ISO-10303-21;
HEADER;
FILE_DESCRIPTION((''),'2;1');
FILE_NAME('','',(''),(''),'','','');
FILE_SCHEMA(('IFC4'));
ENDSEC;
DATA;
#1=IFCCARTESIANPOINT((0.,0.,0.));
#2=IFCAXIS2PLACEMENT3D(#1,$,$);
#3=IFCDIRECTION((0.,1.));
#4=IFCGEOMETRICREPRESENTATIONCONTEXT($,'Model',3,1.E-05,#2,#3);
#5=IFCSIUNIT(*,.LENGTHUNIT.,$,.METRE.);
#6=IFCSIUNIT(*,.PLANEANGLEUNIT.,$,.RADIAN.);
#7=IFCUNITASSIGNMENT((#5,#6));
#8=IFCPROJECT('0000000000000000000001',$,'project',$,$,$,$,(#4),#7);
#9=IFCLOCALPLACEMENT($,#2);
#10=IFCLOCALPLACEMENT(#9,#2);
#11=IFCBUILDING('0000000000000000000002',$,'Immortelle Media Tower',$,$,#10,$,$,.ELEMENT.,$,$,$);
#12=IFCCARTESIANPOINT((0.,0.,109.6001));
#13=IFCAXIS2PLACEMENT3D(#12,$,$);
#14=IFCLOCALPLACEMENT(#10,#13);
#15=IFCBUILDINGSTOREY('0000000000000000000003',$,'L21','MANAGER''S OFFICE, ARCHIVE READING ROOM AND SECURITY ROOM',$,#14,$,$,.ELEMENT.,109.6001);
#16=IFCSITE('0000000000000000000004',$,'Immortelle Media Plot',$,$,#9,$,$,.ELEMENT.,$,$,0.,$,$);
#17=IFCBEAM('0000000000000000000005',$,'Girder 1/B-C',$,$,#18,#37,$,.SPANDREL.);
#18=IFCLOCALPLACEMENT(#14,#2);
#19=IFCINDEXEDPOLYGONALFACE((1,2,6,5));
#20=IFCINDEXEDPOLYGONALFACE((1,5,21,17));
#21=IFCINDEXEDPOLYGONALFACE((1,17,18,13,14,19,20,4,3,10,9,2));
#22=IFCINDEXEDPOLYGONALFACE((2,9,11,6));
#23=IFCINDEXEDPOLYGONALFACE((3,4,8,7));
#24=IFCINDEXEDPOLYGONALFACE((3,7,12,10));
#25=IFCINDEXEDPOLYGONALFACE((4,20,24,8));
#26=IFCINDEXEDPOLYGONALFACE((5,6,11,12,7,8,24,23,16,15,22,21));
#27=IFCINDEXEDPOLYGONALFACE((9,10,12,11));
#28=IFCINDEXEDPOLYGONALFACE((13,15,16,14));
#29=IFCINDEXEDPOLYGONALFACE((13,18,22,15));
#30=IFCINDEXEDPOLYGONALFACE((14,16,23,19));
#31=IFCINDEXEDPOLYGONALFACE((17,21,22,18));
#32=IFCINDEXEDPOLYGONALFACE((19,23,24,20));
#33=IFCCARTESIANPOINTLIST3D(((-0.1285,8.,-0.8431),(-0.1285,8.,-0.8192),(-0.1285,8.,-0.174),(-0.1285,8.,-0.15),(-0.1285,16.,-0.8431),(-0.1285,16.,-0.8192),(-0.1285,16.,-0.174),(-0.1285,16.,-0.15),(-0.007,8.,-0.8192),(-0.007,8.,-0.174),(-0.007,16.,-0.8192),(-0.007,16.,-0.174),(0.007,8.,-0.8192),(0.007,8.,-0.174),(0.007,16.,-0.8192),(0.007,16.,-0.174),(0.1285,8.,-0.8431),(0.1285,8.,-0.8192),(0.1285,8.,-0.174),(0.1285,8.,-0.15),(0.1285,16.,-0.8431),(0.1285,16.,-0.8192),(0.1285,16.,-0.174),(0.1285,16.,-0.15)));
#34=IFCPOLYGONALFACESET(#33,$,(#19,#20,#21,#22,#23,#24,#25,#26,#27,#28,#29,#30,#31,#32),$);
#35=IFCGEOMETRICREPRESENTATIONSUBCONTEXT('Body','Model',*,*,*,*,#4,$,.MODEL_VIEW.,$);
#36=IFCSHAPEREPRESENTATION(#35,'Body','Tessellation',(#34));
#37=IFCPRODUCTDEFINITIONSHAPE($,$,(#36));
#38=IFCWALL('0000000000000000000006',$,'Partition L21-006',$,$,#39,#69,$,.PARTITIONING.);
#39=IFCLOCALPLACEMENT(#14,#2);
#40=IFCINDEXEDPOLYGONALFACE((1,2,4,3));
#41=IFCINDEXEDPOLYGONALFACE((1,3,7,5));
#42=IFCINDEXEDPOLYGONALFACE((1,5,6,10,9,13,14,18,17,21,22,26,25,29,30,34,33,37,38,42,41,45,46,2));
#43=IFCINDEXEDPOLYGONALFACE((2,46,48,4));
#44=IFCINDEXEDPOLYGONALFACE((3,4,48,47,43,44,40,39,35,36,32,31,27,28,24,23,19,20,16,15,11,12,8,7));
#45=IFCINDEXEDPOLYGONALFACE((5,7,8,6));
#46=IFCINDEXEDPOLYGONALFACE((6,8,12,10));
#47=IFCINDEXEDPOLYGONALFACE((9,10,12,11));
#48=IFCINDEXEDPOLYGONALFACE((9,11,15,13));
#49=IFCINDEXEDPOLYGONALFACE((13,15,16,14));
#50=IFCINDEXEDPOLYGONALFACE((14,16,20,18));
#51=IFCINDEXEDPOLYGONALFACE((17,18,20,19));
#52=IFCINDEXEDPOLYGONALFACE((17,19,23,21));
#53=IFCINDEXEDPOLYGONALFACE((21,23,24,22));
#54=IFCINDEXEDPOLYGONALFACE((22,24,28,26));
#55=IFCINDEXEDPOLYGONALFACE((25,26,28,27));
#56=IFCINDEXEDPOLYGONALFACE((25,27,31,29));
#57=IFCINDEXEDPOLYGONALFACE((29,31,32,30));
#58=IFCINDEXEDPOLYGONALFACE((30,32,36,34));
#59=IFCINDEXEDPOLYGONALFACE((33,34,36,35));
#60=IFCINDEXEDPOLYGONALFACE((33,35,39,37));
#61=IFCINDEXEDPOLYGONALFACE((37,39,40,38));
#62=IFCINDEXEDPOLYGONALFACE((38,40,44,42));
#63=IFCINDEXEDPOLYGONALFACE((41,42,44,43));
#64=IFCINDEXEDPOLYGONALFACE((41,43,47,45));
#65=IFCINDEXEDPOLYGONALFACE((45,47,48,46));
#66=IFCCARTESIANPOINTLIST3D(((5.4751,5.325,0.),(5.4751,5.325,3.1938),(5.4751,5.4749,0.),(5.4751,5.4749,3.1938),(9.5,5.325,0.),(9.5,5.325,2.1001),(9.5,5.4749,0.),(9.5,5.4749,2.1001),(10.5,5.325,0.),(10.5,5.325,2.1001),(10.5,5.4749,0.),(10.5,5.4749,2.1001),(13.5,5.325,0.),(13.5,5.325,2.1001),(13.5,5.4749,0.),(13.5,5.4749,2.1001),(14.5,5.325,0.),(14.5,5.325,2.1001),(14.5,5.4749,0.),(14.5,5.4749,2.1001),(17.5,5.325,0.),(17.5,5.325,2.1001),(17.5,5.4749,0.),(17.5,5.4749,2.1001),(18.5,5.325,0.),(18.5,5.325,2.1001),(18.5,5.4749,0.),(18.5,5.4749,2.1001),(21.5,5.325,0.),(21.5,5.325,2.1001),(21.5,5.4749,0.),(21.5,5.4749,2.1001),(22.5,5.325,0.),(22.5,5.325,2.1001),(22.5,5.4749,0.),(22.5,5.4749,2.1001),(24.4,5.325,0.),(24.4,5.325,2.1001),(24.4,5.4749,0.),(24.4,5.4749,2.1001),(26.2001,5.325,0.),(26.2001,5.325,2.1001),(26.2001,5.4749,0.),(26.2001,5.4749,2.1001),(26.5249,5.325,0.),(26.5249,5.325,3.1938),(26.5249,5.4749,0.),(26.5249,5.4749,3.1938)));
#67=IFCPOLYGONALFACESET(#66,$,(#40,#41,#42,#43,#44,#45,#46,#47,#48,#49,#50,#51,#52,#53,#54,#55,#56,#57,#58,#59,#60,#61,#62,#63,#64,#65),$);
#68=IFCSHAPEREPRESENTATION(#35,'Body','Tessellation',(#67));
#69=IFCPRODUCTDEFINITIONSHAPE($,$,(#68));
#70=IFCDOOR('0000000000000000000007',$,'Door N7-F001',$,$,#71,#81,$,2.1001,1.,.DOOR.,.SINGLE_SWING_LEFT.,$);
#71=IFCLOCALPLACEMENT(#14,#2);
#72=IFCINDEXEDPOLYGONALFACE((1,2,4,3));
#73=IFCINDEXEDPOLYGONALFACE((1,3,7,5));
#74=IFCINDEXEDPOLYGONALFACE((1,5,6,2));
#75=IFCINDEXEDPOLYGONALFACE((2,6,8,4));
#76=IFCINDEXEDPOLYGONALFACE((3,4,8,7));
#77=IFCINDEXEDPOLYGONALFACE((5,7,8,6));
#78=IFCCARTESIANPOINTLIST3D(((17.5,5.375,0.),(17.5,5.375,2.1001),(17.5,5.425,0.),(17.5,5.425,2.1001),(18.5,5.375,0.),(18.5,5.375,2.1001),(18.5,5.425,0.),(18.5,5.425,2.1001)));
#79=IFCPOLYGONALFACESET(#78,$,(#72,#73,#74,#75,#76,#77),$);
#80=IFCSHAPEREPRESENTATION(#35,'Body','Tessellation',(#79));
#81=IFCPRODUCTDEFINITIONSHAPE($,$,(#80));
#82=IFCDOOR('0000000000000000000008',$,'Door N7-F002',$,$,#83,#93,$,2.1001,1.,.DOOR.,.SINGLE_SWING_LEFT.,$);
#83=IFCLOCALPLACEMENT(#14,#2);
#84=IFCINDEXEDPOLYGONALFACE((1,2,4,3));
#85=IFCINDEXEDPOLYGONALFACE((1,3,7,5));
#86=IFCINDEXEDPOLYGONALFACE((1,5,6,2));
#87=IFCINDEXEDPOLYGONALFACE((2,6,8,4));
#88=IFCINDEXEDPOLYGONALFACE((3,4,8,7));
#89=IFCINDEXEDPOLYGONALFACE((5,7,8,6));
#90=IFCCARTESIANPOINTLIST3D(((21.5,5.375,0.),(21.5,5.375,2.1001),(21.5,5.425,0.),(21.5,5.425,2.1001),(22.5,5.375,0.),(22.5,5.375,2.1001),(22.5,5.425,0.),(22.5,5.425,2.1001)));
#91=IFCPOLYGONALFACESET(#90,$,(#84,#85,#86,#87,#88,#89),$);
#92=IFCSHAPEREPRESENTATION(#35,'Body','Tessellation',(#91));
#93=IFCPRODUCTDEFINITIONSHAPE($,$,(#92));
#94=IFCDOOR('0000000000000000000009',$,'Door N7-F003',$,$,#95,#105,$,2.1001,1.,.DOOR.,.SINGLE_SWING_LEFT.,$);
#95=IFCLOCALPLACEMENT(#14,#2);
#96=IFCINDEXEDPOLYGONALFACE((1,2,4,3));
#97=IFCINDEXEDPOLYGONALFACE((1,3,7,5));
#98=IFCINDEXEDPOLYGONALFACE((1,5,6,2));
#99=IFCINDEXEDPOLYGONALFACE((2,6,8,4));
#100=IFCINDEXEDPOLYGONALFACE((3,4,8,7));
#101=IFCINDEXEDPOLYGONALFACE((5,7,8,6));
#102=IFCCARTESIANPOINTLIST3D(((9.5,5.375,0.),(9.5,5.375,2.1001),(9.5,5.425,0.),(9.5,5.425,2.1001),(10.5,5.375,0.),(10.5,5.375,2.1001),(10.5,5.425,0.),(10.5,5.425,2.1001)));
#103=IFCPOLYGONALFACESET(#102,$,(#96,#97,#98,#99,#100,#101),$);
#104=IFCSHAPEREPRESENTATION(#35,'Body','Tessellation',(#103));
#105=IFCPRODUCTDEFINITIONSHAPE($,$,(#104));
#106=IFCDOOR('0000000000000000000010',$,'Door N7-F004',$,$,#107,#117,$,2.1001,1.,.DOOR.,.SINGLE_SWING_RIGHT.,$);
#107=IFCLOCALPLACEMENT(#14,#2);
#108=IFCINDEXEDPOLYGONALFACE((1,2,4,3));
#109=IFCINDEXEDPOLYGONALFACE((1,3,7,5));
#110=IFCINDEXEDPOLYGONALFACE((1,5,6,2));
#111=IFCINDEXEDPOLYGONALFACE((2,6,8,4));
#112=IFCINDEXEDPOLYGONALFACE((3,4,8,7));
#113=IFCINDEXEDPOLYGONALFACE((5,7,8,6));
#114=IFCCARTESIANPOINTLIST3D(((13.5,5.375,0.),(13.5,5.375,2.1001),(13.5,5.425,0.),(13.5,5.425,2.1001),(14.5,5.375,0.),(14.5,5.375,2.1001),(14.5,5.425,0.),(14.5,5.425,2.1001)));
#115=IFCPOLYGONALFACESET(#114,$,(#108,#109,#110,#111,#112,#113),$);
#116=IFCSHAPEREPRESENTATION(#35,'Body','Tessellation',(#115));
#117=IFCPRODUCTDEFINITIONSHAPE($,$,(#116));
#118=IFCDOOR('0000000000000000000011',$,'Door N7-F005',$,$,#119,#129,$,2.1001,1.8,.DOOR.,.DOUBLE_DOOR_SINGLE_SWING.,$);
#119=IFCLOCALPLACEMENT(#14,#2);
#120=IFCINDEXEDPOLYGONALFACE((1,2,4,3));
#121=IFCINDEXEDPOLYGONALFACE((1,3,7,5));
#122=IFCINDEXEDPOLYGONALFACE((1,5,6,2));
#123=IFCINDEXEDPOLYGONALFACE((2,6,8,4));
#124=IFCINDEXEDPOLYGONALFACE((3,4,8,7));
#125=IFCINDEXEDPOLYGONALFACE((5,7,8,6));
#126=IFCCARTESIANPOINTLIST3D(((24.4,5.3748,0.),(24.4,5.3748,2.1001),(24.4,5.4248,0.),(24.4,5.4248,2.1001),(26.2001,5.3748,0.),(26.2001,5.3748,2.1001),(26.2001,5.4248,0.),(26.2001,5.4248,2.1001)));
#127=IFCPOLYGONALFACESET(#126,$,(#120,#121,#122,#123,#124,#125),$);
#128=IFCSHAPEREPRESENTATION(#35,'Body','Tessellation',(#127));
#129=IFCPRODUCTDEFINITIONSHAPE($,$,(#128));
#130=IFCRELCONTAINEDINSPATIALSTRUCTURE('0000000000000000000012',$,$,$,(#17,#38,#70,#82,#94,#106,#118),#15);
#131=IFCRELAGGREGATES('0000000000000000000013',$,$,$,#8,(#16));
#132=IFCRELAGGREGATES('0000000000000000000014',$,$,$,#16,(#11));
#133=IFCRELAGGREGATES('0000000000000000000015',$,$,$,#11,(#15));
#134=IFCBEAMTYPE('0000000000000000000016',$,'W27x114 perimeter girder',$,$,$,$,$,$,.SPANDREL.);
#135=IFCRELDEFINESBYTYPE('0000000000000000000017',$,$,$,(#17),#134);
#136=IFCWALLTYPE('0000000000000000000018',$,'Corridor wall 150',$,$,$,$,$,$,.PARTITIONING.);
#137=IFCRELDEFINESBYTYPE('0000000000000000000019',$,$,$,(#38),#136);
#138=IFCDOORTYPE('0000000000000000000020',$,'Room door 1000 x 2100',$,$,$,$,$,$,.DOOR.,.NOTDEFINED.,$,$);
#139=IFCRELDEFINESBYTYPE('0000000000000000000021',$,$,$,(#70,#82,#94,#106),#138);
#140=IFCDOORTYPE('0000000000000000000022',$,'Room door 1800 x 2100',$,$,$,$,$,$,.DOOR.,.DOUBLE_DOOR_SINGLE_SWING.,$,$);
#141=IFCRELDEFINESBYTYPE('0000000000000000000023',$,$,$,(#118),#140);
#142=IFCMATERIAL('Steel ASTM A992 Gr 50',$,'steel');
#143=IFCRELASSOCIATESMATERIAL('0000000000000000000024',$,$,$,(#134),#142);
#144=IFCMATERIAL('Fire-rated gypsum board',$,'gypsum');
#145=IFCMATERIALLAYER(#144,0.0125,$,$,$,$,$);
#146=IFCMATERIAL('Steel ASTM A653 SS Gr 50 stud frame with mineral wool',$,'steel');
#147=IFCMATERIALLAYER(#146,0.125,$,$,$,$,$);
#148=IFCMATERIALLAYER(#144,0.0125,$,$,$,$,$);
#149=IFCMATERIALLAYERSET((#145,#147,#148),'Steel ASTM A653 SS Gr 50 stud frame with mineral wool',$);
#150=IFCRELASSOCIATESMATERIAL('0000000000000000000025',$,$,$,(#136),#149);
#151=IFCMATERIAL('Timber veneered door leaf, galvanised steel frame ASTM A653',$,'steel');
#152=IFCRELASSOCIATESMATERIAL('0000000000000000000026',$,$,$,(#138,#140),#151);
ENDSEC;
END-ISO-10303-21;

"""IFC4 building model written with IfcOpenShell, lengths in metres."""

from ifc_helpers import new_model, si_unit, direction, frame, frame_2d, origin, origin_2d, place, context, subcontext, project, spatial, rectangle, i_section, extrude, material, layer, layer_set, material_profile, profile_set, type_object, element, fill, save


model = new_model("IFC4")

# Units and contexts
model_context = context("Model", 3, precision=1e-05, world=origin(), true_north=direction((0.0, 1.0)))
body_context = subcontext(model_context, "Body", "Model", "MODEL_VIEW")
ifc_project = project(units=[si_unit("LENGTHUNIT", "METRE"), si_unit("PLANEANGLEUNIT", "RADIAN")], contexts=[model_context])

# Site, building, storey
site_placement = place(None, origin())
site = spatial("IfcSite", under=ifc_project, at=site_placement, Name="Immortelle Media Plot", CompositionType="ELEMENT", RefElevation=0.0)
building_placement = place(site_placement, origin())
building = spatial("IfcBuilding", under=site, at=building_placement, Name="Immortelle Media Tower", CompositionType="ELEMENT")
storey_placement = place(building_placement, frame((0.0, 0.0, 109.6001)))
storey = spatial("IfcBuildingStorey", under=building, at=storey_placement, Name="L21", Description="MANAGER'S OFFICE, ARCHIVE READING ROOM AND SECURITY ROOM", CompositionType="ELEMENT", Elevation=109.6001)

# Shared definitions
ifc_material_1 = material(Name="Steel ASTM A992 Gr 50", Category="steel")

# Beam
ifc_material_profile_1 = material_profile(ifc_material_1, i_section(OverallWidth=0.2571, OverallDepth=0.6931, WebThickness=0.0139, FlangeThickness=0.0239, at=origin_2d()), Name="W27x114")
ifc_profile_set_1 = profile_set([ifc_material_profile_1], Name="Steel ASTM A992 Gr 50")
beam_type_1 = type_object("IfcBeamType", Name="W27x114 perimeter girder", PredefinedType="SPANDREL", material=ifc_profile_set_1)
beam_1_placement = place(storey_placement, frame((0.0, 8.0, -0.4966), z_axis=(0.0, 1.0, 0.0), x_axis=(-1.0, 0.0, 0.0)))
element("IfcBeam", 1, at=beam_1_placement, inside=storey, type_object=beam_type_1, Name="Girder 1/B-C", PredefinedType="SPANDREL", context=body_context, shape_type="SweptSolid", body=[
    extrude(i_section(OverallWidth=0.2571, OverallDepth=0.6931, WebThickness=0.0139, FlangeThickness=0.0239, at=origin_2d()), origin(), (0.0, 0.0, 1.0), 8.0),
])

# Wall, openings, doors
ifc_material_2 = material(Name="Fire-rated gypsum board", Category="gypsum")
ifc_layer_1 = layer(ifc_material_2, 0.0125)
ifc_material_3 = material(Name="Steel ASTM A653 SS Gr 50 stud frame with mineral wool", Category="steel")
ifc_layer_2 = layer(ifc_material_3, 0.125)
ifc_layer_3 = layer(ifc_material_2, 0.0125)
ifc_layer_set_1 = layer_set([ifc_layer_1, ifc_layer_2, ifc_layer_3], Name="Steel ASTM A653 SS Gr 50 stud frame with mineral wool")
wall_type_1 = type_object("IfcWallType", Name="Corridor wall 150", PredefinedType="PARTITIONING", material=ifc_layer_set_1)
wall_1_placement = place(storey_placement, frame((5.4751, 5.3999, 0.0), z_axis=(0.0, 0.0, 1.0), x_axis=(1.0, 0.0, 0.0)))
wall_1 = element("IfcWall", 2, at=wall_1_placement, inside=storey, type_object=wall_type_1, Name="Partition L21-006", PredefinedType="PARTITIONING", context=body_context, shape_type="SweptSolid", body=[
    extrude(rectangle(XDim=21.0498, YDim=0.1499, at=frame_2d((10.5249, 0.0))), origin(), (0.0, 0.0, 1.0), 3.1938),
])
opening_1_placement = place(wall_1_placement, frame((13.0249, 0.0, 0.0), z_axis=(0.0, 0.0, 1.0), x_axis=(-1.0, 0.0, 0.0)))
opening_1 = element("IfcOpeningElement", 3, at=opening_1_placement, cuts=wall_1, PredefinedType="OPENING", context=body_context, shape_type="SweptSolid", body=[
    extrude(rectangle(XDim=1.0, YDim=2.1001, at=frame_2d((0.5, 1.05))), frame((0.0, 0.085, 0.0), z_axis=(0.0, -1.0, 0.0), x_axis=(1.0, 0.0, 0.0)), (0.0, 0.0, 1.0), 0.1699),
])
opening_2_placement = place(wall_1_placement, frame((17.0249, 0.0, 0.0), z_axis=(0.0, 0.0, 1.0), x_axis=(-1.0, 0.0, 0.0)))
opening_2 = element("IfcOpeningElement", 4, at=opening_2_placement, cuts=wall_1, PredefinedType="OPENING", context=body_context, shape_type="SweptSolid", body=[
    extrude(rectangle(XDim=1.0, YDim=2.1001, at=frame_2d((0.5, 1.05))), frame((0.0, 0.085, 0.0), z_axis=(0.0, -1.0, 0.0), x_axis=(1.0, 0.0, 0.0)), (0.0, 0.0, 1.0), 0.1699),
])
opening_3_placement = place(wall_1_placement, frame((5.0249, 0.0, 0.0), z_axis=(0.0, 0.0, 1.0), x_axis=(-1.0, 0.0, 0.0)))
opening_3 = element("IfcOpeningElement", 5, at=opening_3_placement, cuts=wall_1, PredefinedType="OPENING", context=body_context, shape_type="SweptSolid", body=[
    extrude(rectangle(XDim=1.0, YDim=2.1001, at=frame_2d((0.5, 1.05))), frame((0.0, 0.085, 0.0), z_axis=(0.0, -1.0, 0.0), x_axis=(1.0, 0.0, 0.0)), (0.0, 0.0, 1.0), 0.1699),
])
opening_4_placement = place(wall_1_placement, frame((9.0249, 0.0, 0.0), z_axis=(0.0, 0.0, 1.0), x_axis=(-1.0, 0.0, 0.0)))
opening_4 = element("IfcOpeningElement", 6, at=opening_4_placement, cuts=wall_1, PredefinedType="OPENING", context=body_context, shape_type="SweptSolid", body=[
    extrude(rectangle(XDim=1.0, YDim=2.1001, at=frame_2d((0.5, 1.05))), frame((0.0, 0.085, 0.0), z_axis=(0.0, -1.0, 0.0), x_axis=(1.0, 0.0, 0.0)), (0.0, 0.0, 1.0), 0.1699),
])
opening_5_placement = place(wall_1_placement, frame((18.925, 0.0, 0.0)))
opening_5 = element("IfcOpeningElement", 7, at=opening_5_placement, cuts=wall_1, PredefinedType="OPENING", context=body_context, shape_type="SweptSolid", body=[
    extrude(rectangle(XDim=1.8, YDim=2.1001, at=frame_2d((0.8999, 1.05))), frame((0.0, 0.085, 0.0), z_axis=(0.0, -1.0, 0.0), x_axis=(1.0, 0.0, 0.0)), (0.0, 0.0, 1.0), 0.1699),
])
ifc_material_4 = material(Name="Timber veneered door leaf, galvanised steel frame ASTM A653", Category="steel")
door_type_1 = type_object("IfcDoorType", Name="Room door 1000 x 2100", OperationType="NOTDEFINED", PredefinedType="DOOR", material=ifc_material_4)
door_1_placement = place(opening_1_placement, origin())
door_1 = element("IfcDoor", 8, at=door_1_placement, inside=storey, type_object=door_type_1, Name="Door N7-F001", OperationType="SINGLE_SWING_LEFT", OverallHeight=2.1001, OverallWidth=1.0, PredefinedType="DOOR", context=body_context, shape_type="SweptSolid", body=[
    extrude(rectangle(XDim=1.0, YDim=2.1001, at=frame_2d((0.5, 1.05))), frame((0.0, 0.0249, 0.0), z_axis=(0.0, -1.0, 0.0), x_axis=(1.0, 0.0, 0.0)), (0.0, 0.0, 1.0), 0.05),
])
fill(opening_1, door_1)
door_2_placement = place(opening_2_placement, origin())
door_2 = element("IfcDoor", 9, at=door_2_placement, inside=storey, type_object=door_type_1, Name="Door N7-F002", OperationType="SINGLE_SWING_LEFT", OverallHeight=2.1001, OverallWidth=1.0, PredefinedType="DOOR", context=body_context, shape_type="SweptSolid", body=[
    extrude(rectangle(XDim=1.0, YDim=2.1001, at=frame_2d((0.5, 1.05))), frame((0.0, 0.0249, 0.0), z_axis=(0.0, -1.0, 0.0), x_axis=(1.0, 0.0, 0.0)), (0.0, 0.0, 1.0), 0.05),
])
fill(opening_2, door_2)
door_3_placement = place(opening_3_placement, origin())
door_3 = element("IfcDoor", 10, at=door_3_placement, inside=storey, type_object=door_type_1, Name="Door N7-F003", OperationType="SINGLE_SWING_LEFT", OverallHeight=2.1001, OverallWidth=1.0, PredefinedType="DOOR", context=body_context, shape_type="SweptSolid", body=[
    extrude(rectangle(XDim=1.0, YDim=2.1001, at=frame_2d((0.5, 1.05))), frame((0.0, 0.0249, 0.0), z_axis=(0.0, -1.0, 0.0), x_axis=(1.0, 0.0, 0.0)), (0.0, 0.0, 1.0), 0.05),
])
fill(opening_3, door_3)
door_4_placement = place(opening_4_placement, origin())
door_4 = element("IfcDoor", 11, at=door_4_placement, inside=storey, type_object=door_type_1, Name="Door N7-F004", OperationType="SINGLE_SWING_RIGHT", OverallHeight=2.1001, OverallWidth=1.0, PredefinedType="DOOR", context=body_context, shape_type="SweptSolid", body=[
    extrude(rectangle(XDim=1.0, YDim=2.1001, at=frame_2d((0.5, 1.05))), frame((0.0, 0.0249, 0.0), z_axis=(0.0, -1.0, 0.0), x_axis=(1.0, 0.0, 0.0)), (0.0, 0.0, 1.0), 0.05),
])
fill(opening_4, door_4)
door_type_2 = type_object("IfcDoorType", Name="Room door 1800 x 2100", OperationType="DOUBLE_DOOR_SINGLE_SWING", PredefinedType="DOOR", material=ifc_material_4)
door_5_placement = place(opening_5_placement, origin())
door_5 = element("IfcDoor", 12, at=door_5_placement, inside=storey, type_object=door_type_2, Name="Door N7-F005", OperationType="DOUBLE_DOOR_SINGLE_SWING", OverallHeight=2.1001, OverallWidth=1.8, PredefinedType="DOOR", context=body_context, shape_type="SweptSolid", body=[
    extrude(rectangle(XDim=1.8, YDim=2.1001, at=frame_2d((0.8999, 1.05))), frame((0.0, 0.0249, 0.0), z_axis=(0.0, -1.0, 0.0), x_axis=(1.0, 0.0, 0.0)), (0.0, 0.0, 1.0), 0.05),
])
fill(opening_5, door_5)

save(model, "model.ifc")
